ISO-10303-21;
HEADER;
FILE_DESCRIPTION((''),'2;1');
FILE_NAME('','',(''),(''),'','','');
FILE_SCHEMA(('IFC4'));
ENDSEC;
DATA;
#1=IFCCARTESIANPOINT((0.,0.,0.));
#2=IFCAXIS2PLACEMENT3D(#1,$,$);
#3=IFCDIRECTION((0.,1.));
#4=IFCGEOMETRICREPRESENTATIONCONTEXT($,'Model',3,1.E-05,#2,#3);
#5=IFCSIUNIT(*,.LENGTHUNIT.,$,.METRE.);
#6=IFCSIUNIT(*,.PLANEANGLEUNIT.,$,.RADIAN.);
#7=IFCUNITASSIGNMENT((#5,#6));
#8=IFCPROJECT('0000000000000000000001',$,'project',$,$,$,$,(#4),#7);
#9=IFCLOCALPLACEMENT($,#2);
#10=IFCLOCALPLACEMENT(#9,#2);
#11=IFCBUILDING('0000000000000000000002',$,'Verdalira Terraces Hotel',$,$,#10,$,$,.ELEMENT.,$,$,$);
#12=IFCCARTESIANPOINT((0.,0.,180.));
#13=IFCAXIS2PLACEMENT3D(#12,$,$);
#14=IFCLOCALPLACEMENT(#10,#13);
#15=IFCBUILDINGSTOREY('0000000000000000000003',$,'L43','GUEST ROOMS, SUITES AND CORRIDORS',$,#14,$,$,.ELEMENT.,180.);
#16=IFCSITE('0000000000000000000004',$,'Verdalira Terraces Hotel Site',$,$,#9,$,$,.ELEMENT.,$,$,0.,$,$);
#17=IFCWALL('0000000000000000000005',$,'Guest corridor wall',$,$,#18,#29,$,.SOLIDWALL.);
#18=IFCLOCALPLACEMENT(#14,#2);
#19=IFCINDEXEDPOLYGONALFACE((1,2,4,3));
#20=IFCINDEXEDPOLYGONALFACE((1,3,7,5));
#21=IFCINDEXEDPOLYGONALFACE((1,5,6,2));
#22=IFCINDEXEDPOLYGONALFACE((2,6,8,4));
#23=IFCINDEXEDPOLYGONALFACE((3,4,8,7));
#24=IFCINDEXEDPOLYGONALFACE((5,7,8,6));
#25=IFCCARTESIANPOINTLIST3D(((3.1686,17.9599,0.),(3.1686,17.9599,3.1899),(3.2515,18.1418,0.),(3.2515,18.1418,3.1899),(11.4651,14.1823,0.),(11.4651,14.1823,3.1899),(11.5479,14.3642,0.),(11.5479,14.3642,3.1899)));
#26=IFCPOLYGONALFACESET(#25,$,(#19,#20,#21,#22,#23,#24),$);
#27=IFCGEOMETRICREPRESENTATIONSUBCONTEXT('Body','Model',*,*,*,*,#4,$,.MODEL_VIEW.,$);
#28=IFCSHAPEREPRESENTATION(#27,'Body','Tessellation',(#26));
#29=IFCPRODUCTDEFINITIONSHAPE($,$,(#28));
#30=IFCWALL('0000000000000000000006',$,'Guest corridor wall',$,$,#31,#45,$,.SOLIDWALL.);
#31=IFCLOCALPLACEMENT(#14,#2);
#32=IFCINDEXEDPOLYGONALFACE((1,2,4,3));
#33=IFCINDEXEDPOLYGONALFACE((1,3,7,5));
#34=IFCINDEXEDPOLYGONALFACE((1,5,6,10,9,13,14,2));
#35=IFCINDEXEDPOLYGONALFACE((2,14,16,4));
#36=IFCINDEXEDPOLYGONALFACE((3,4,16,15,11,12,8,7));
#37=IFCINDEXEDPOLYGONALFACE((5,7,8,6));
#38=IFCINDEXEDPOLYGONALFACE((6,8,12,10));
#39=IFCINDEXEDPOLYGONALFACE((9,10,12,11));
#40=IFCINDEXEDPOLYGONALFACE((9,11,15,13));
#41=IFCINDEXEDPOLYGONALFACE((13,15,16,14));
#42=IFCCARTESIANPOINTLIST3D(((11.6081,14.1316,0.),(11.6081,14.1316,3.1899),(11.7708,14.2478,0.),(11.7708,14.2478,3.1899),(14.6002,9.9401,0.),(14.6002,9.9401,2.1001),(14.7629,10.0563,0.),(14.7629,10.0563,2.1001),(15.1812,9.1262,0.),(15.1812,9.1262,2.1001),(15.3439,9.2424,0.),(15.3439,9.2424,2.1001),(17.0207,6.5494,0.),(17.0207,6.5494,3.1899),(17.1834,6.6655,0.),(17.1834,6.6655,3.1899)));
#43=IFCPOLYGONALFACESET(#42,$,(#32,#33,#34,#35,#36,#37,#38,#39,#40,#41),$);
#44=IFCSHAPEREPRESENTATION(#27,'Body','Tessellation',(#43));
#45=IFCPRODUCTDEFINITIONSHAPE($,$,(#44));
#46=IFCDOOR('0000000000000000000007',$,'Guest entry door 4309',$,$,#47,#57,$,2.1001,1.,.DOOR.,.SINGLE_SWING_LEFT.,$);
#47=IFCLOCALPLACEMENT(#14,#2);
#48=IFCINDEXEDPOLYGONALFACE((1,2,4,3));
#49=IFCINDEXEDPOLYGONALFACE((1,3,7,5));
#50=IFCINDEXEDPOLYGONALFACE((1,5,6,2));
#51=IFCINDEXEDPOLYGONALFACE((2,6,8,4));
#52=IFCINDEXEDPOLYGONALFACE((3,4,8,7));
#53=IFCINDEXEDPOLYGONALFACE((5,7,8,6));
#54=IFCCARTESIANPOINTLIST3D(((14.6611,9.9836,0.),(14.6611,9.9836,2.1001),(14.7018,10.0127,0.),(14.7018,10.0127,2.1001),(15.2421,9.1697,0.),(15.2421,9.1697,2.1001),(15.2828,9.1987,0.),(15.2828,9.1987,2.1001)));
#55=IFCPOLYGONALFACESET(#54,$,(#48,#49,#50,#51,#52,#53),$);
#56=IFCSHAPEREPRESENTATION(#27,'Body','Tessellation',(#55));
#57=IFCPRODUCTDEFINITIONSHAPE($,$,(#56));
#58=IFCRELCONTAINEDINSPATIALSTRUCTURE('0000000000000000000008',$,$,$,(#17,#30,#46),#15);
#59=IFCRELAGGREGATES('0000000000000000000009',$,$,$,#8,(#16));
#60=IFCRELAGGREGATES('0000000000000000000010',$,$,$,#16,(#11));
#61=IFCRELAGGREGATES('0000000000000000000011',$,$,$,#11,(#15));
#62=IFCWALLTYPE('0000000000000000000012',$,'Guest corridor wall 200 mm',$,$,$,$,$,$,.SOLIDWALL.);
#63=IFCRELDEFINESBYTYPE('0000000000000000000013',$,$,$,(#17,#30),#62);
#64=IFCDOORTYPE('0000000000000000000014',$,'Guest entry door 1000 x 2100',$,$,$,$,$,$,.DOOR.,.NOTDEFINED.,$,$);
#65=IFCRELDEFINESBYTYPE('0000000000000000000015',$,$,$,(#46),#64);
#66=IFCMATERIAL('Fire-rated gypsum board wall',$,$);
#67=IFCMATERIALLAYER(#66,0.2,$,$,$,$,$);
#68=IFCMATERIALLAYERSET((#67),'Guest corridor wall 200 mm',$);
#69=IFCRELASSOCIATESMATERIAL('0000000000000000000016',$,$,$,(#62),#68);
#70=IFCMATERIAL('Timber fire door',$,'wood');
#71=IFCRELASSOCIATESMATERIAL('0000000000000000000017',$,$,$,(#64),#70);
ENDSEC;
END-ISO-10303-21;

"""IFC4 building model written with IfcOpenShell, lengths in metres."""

from ifc_helpers import new_model, si_unit, direction, frame, frame_2d, origin, place, context, subcontext, project, spatial, rectangle, extrude, material, layer, layer_set, type_object, element, fill, save


model = new_model("IFC4")

# Units and contexts
model_context = context("Model", 3, precision=1e-05, world=origin(), true_north=direction((0.0, 1.0)))
body_context = subcontext(model_context, "Body", "Model", "MODEL_VIEW")
ifc_project = project(units=[si_unit("LENGTHUNIT", "METRE"), si_unit("PLANEANGLEUNIT", "RADIAN")], contexts=[model_context])

# Site, building, storey
site_placement = place(None, origin())
site = spatial("IfcSite", under=ifc_project, at=site_placement, Name="Verdalira Terraces Hotel Site", CompositionType="ELEMENT", RefElevation=0.0)
building_placement = place(site_placement, origin())
building = spatial("IfcBuilding", under=site, at=building_placement, Name="Verdalira Terraces Hotel", CompositionType="ELEMENT")
storey_placement = place(building_placement, frame((0.0, 0.0, 180.0)))
storey = spatial("IfcBuildingStorey", under=building, at=storey_placement, Name="L43", Description="GUEST ROOMS, SUITES AND CORRIDORS", CompositionType="ELEMENT", Elevation=180.0)

# Wall
ifc_material_1 = material(Name="Fire-rated gypsum board wall")
ifc_layer_1 = layer(ifc_material_1, 0.2)
ifc_layer_set_1 = layer_set([ifc_layer_1], Name="Guest corridor wall 200 mm")
wall_type_1 = type_object("IfcWallType", Name="Guest corridor wall 200 mm", PredefinedType="SOLIDWALL", material=ifc_layer_set_1)
wall_1_placement = place(storey_placement, frame((11.5066, 14.2732, 0.0), z_axis=(0.0, 0.0, 1.0), x_axis=(-0.910098, 0.414394, 0.0)))
element("IfcWall", 1, at=wall_1_placement, inside=storey, type_object=wall_type_1, Name="Guest corridor wall", PredefinedType="SOLIDWALL", context=body_context, shape_type="SweptSolid", body=[
    extrude(rectangle(XDim=9.116, YDim=0.2, at=frame_2d((4.5581, 0.0))), origin(), (0.0, 0.0, 1.0), 3.1899),
])

# Wall, opening, door
wall_2_placement = place(storey_placement, frame((11.6895, 14.1897, 0.0), z_axis=(0.0, 0.0, 1.0), x_axis=(0.581003, -0.813902, 0.0)))
wall_2 = element("IfcWall", 2, at=wall_2_placement, inside=storey, type_object=wall_type_1, Name="Guest corridor wall", PredefinedType="SOLIDWALL", context=body_context, shape_type="SweptSolid", body=[
    extrude(rectangle(XDim=9.3159, YDim=0.2, at=frame_2d((4.658, 0.0))), origin(), (0.0, 0.0, 1.0), 3.1899),
])
opening_1_placement = place(wall_2_placement, frame((5.1499, 0.0, 0.0)))
opening_1 = element("IfcOpeningElement", 3, at=opening_1_placement, cuts=wall_2, PredefinedType="OPENING", context=body_context, shape_type="SweptSolid", body=[
    extrude(rectangle(XDim=1.0, YDim=2.1001, at=frame_2d((0.5, 1.05))), frame((0.0, 0.1099, 0.0), z_axis=(0.0, -1.0, 0.0), x_axis=(1.0, 0.0, 0.0)), (0.0, 0.0, 1.0), 0.22),
])
ifc_material_2 = material(Name="Timber fire door", Category="wood")
door_type_1 = type_object("IfcDoorType", Name="Guest entry door 1000 x 2100", OperationType="NOTDEFINED", PredefinedType="DOOR", material=ifc_material_2)
door_1_placement = place(opening_1_placement, origin())
door_1 = element("IfcDoor", 4, at=door_1_placement, inside=storey, type_object=door_type_1, Name="Guest entry door 4309", OperationType="SINGLE_SWING_LEFT", OverallHeight=2.1001, OverallWidth=1.0, PredefinedType="DOOR", context=body_context, shape_type="SweptSolid", body=[
    extrude(rectangle(XDim=1.0, YDim=2.1001, at=frame_2d((0.5, 1.05))), frame((0.0, 0.0249, 0.0), z_axis=(0.0, -1.0, 0.0), x_axis=(1.0, 0.0, 0.0)), (0.0, 0.0, 1.0), 0.05),
])
fill(opening_1, door_1)

save(model, "model.ifc")
